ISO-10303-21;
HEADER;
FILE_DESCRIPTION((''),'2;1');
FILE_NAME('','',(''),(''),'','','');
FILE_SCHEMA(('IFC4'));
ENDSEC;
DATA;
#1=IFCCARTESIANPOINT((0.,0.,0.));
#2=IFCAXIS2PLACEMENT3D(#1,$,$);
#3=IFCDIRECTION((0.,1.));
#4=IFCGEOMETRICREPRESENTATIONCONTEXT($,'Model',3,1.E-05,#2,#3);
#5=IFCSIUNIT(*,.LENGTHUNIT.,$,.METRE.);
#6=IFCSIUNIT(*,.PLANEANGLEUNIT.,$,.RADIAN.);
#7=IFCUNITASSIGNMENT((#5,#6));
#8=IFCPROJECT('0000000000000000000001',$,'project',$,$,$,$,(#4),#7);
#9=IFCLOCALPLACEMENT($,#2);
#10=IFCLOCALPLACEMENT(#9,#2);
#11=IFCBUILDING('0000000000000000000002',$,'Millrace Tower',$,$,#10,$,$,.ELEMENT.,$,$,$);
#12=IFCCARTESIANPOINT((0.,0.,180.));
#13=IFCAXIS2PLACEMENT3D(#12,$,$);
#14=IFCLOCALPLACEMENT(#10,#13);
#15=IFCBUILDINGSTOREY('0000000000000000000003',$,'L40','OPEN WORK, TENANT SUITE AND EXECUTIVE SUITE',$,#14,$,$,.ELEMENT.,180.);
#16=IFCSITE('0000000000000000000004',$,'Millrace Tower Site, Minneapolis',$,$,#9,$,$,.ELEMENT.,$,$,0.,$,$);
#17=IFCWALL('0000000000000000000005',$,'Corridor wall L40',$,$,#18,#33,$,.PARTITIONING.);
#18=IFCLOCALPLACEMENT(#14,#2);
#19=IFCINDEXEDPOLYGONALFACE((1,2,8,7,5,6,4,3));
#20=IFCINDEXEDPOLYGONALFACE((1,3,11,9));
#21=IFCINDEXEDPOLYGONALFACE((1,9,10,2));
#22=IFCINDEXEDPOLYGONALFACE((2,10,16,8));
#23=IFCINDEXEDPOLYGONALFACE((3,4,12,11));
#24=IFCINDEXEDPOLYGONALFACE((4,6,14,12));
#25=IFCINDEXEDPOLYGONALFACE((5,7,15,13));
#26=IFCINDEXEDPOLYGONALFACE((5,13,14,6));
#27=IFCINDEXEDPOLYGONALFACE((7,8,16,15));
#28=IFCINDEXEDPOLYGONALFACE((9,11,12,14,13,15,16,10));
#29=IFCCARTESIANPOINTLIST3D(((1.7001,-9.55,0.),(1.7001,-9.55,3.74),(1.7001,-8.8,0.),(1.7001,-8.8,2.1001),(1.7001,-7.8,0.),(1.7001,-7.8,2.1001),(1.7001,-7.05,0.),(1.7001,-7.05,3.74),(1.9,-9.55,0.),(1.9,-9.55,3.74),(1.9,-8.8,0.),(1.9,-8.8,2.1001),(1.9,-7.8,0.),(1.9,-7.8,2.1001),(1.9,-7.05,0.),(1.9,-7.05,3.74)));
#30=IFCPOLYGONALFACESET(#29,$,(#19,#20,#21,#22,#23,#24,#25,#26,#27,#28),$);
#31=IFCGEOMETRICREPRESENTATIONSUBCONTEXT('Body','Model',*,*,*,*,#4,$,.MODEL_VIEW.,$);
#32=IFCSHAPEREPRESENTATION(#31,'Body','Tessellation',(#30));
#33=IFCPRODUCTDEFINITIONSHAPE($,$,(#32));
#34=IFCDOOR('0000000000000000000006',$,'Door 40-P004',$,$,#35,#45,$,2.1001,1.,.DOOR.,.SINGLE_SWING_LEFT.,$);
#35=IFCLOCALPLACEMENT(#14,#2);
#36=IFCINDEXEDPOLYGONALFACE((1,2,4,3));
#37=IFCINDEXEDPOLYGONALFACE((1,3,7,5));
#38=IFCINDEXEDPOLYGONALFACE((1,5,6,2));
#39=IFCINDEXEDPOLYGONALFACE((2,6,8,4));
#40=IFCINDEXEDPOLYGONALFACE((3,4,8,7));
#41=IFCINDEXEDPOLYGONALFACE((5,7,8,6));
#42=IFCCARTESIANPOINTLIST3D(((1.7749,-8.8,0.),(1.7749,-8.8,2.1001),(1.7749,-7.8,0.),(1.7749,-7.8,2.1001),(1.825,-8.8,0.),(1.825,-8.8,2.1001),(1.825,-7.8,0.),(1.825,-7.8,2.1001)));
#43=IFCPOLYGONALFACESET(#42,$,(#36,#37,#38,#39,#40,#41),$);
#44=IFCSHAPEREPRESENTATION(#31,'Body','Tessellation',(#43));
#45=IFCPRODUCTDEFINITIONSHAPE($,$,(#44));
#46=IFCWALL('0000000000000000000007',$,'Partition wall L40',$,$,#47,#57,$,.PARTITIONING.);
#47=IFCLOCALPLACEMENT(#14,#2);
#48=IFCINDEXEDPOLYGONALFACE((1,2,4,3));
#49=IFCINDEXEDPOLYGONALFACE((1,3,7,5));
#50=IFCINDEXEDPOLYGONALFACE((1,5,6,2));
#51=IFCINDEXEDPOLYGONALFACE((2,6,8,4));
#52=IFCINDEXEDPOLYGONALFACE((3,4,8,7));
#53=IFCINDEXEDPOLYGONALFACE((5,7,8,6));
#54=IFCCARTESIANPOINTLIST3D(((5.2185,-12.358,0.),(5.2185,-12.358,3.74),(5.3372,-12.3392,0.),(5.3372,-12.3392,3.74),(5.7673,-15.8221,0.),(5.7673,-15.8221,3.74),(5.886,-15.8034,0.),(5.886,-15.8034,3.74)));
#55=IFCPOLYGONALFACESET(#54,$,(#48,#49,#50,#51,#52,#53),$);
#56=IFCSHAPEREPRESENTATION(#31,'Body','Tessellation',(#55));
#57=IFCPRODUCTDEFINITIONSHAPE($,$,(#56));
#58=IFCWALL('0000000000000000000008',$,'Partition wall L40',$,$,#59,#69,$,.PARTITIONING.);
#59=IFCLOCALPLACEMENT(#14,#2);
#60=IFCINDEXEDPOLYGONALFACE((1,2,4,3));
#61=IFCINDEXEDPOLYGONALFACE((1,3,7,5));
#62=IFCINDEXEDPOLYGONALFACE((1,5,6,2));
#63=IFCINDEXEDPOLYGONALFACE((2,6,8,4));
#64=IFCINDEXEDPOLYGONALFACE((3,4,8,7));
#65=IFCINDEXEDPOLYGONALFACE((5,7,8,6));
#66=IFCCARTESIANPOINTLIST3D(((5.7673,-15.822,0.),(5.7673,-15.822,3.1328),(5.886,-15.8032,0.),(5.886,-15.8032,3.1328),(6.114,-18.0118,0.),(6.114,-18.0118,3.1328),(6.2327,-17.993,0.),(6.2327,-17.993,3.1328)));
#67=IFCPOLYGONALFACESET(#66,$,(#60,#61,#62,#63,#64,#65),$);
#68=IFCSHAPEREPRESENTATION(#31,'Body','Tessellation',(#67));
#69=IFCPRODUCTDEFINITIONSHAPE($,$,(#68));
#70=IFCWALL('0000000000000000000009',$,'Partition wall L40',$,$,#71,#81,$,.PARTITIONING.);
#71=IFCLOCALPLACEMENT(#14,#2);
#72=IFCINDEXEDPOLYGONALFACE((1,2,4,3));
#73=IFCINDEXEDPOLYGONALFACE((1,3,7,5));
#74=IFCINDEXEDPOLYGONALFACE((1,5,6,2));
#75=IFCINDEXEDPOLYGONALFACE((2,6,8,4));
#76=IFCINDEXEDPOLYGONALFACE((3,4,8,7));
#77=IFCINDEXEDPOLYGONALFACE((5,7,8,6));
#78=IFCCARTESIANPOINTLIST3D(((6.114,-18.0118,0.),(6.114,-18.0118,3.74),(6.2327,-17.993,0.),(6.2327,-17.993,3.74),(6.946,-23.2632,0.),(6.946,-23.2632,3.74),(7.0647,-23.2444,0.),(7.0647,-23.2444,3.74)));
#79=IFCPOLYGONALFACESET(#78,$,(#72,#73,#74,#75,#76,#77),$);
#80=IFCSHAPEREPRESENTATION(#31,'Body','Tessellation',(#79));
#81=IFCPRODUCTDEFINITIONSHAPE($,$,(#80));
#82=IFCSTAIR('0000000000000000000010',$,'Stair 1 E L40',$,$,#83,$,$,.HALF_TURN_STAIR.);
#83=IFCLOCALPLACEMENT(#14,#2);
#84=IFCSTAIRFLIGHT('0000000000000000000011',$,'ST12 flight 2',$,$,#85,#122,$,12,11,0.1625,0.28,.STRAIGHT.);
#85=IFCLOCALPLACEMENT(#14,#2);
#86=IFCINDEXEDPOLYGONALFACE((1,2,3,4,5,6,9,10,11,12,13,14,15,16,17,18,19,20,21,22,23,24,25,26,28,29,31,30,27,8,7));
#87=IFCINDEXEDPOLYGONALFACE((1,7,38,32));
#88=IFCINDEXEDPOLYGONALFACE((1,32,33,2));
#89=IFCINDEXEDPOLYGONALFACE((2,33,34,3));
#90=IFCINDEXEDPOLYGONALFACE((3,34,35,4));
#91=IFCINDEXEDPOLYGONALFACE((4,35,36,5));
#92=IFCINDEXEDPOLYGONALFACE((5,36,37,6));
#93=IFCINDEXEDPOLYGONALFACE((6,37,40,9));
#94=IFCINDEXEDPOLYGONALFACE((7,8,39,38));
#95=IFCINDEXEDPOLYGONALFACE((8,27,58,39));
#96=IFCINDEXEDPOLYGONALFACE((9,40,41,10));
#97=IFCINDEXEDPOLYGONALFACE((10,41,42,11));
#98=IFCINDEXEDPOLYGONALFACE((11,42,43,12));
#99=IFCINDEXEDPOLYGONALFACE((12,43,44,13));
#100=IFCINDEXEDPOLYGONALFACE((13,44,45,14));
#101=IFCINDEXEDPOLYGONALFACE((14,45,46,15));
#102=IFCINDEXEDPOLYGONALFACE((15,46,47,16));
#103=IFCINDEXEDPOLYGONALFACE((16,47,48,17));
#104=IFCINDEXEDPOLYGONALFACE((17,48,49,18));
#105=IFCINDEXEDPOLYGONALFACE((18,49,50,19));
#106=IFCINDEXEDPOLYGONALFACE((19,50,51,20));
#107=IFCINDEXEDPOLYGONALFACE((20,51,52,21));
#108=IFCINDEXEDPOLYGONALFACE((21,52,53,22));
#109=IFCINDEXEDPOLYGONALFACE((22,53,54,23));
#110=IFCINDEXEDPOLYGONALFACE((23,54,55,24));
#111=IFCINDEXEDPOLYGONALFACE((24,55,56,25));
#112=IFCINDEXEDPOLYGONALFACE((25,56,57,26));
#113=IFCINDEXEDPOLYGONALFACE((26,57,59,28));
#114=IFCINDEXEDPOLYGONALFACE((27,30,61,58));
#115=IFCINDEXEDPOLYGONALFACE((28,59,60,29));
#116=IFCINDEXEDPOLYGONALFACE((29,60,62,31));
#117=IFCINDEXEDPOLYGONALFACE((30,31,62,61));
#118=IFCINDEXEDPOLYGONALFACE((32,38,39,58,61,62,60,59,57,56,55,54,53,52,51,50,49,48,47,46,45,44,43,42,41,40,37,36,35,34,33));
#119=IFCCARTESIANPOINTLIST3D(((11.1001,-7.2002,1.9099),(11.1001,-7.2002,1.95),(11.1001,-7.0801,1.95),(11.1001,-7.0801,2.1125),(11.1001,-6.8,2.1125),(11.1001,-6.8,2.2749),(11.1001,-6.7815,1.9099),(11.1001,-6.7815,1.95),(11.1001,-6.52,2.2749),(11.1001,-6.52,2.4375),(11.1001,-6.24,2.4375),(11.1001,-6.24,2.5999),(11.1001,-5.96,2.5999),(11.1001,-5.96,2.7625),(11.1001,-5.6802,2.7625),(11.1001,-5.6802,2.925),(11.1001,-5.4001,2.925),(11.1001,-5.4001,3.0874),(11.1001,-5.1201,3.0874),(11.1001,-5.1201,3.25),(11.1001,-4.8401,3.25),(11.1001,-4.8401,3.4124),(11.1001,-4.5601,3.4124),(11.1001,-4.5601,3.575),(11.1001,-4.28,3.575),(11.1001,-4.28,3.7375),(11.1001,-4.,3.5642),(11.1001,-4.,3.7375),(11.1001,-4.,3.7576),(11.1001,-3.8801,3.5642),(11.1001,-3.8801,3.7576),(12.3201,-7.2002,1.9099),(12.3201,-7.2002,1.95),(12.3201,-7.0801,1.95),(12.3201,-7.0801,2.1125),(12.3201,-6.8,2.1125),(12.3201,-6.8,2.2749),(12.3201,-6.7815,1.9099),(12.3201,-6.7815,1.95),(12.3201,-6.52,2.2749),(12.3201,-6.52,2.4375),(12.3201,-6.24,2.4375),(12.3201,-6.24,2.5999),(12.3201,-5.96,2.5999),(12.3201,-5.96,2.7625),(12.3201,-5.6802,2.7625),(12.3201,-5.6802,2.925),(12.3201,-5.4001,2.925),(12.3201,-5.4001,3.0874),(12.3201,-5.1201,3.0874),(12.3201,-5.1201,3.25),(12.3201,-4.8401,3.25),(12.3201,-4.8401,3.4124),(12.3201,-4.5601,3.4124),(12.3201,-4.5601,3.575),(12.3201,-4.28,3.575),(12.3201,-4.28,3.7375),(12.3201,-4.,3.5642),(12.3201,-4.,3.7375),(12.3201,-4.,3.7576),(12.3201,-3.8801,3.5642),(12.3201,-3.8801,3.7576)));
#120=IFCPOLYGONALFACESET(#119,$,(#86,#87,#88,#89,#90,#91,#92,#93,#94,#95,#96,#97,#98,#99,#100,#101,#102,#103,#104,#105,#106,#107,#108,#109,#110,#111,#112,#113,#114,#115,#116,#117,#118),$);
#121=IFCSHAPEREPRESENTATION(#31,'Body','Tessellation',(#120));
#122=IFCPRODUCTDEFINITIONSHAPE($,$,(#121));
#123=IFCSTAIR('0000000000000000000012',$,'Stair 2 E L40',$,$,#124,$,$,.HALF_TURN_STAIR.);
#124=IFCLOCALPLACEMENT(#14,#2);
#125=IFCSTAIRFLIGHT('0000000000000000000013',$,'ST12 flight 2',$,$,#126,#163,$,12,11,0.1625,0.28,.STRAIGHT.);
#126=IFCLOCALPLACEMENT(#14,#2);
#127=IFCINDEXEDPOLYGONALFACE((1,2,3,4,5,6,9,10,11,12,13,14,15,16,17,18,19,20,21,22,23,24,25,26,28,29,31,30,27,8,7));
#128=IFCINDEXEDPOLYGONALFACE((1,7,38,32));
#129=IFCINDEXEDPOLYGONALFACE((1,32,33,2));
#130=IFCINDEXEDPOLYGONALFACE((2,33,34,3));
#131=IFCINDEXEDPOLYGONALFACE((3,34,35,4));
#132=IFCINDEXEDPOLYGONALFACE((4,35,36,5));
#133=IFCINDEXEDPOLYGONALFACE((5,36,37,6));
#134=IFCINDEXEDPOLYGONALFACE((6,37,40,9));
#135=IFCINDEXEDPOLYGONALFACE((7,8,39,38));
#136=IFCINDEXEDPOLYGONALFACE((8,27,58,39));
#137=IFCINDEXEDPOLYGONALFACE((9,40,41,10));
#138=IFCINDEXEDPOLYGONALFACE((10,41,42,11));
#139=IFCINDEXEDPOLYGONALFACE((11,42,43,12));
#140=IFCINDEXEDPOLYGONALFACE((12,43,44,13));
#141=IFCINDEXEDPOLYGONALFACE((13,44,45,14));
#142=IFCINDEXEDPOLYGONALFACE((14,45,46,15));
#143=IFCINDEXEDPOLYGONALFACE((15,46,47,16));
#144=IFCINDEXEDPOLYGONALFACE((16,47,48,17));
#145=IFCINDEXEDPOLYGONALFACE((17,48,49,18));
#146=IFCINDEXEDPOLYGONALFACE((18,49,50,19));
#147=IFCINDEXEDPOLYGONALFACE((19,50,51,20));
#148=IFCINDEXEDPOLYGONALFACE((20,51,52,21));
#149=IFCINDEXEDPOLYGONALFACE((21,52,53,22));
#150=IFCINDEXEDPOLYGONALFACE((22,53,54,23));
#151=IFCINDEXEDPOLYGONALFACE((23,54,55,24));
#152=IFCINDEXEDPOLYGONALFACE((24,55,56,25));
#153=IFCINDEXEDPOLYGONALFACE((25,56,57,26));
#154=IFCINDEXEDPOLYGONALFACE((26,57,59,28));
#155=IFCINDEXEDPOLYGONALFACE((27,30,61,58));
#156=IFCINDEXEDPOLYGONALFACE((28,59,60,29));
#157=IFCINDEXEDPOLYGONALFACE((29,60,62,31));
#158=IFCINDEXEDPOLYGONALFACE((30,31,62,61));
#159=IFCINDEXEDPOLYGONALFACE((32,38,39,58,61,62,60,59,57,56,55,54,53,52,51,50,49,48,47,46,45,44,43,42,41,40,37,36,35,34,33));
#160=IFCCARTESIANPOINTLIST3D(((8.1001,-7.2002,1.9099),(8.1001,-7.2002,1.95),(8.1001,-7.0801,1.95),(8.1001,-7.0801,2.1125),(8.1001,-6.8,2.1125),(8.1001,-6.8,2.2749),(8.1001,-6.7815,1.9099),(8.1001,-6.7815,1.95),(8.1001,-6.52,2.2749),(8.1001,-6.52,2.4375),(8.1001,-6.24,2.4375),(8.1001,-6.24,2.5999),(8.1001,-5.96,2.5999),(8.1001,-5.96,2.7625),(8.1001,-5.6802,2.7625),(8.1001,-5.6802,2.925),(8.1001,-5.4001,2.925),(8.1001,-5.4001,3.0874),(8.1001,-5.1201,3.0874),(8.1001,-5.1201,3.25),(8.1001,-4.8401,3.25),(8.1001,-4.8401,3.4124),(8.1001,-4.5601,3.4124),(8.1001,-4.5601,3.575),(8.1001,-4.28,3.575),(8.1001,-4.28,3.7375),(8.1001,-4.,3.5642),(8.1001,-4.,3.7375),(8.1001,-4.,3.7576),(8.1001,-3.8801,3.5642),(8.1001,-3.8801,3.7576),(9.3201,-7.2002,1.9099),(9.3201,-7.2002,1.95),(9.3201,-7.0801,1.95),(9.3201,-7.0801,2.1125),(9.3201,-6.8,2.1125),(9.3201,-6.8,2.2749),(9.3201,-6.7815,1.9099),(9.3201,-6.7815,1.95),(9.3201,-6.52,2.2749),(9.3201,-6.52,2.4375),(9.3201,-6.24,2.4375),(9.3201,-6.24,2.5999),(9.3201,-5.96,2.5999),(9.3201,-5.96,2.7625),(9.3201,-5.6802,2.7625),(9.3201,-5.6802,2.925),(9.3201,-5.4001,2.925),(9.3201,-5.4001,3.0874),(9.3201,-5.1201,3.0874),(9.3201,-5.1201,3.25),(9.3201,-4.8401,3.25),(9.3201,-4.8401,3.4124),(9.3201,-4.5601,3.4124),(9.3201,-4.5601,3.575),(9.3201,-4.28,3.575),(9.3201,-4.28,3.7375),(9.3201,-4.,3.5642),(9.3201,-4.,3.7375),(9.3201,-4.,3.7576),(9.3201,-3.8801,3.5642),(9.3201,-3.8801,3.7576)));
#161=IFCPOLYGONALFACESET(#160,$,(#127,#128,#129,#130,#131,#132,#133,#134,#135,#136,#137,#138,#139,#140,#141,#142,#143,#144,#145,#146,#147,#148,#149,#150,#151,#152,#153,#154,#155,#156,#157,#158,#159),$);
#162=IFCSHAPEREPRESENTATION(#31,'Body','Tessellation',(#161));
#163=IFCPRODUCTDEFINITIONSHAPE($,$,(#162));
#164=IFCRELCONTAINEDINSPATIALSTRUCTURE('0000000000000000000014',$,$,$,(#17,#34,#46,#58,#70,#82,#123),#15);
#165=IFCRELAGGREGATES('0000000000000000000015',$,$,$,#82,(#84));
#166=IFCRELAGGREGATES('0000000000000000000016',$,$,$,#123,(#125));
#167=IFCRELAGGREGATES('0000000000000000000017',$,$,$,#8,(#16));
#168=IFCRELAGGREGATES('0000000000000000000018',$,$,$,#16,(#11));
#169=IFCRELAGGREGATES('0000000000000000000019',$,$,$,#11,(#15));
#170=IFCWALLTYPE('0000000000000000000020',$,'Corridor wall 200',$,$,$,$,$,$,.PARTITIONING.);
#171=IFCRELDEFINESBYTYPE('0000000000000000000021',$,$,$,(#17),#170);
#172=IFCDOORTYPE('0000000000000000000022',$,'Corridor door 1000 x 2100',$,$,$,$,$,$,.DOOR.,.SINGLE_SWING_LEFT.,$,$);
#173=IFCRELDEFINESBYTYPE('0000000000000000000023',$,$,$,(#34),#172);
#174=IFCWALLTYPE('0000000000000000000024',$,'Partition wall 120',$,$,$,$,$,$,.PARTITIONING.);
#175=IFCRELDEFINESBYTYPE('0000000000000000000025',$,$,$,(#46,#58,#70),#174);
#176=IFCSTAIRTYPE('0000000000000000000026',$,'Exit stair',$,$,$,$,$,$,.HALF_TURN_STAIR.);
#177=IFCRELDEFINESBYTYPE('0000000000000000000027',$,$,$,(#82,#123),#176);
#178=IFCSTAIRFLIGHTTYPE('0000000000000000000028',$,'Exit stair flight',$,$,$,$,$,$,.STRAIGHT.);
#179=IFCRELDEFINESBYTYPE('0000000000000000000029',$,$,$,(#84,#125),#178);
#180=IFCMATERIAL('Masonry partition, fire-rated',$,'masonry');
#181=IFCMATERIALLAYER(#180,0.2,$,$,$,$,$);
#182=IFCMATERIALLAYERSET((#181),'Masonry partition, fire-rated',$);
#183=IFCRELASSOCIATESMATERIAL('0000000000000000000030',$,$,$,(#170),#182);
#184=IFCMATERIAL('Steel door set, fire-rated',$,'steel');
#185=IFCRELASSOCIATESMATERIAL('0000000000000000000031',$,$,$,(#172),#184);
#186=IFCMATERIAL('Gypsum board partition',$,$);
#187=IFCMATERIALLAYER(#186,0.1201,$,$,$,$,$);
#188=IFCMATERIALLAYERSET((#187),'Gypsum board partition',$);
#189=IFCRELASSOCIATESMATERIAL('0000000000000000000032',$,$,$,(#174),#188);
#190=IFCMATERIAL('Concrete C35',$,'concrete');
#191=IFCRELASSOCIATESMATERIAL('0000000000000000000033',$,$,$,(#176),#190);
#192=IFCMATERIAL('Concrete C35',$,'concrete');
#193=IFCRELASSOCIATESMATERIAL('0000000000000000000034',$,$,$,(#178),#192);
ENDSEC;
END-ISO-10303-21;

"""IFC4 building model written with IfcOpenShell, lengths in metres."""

from ifc_helpers import new_model, si_unit, direction, frame, frame_2d, origin, place, context, subcontext, project, spatial, polyline, rectangle, outline, extrude, material, layer, layer_set, type_object, element, fill, aggregate, save


model = new_model("IFC4")

# Units and contexts
model_context = context("Model", 3, precision=1e-05, world=origin(), true_north=direction((0.0, 1.0)))
body_context = subcontext(model_context, "Body", "Model", "MODEL_VIEW")
ifc_project = project(units=[si_unit("LENGTHUNIT", "METRE"), si_unit("PLANEANGLEUNIT", "RADIAN")], contexts=[model_context])

# Site, building, storey
site_placement = place(None, origin())
site = spatial("IfcSite", under=ifc_project, at=site_placement, Name="Millrace Tower Site, Minneapolis", CompositionType="ELEMENT", RefElevation=0.0)
building_placement = place(site_placement, origin())
building = spatial("IfcBuilding", under=site, at=building_placement, Name="Millrace Tower", CompositionType="ELEMENT")
storey_placement = place(building_placement, frame((0.0, 0.0, 180.0)))
storey = spatial("IfcBuildingStorey", under=building, at=storey_placement, Name="L40", Description="OPEN WORK, TENANT SUITE AND EXECUTIVE SUITE", CompositionType="ELEMENT", Elevation=180.0)

# Shared definitions
placement = place(storey_placement, origin())

# Shared definitions
ifc_material_1 = material(Name="Masonry partition, fire-rated", Category="masonry")
ifc_layer_1 = layer(ifc_material_1, 0.2)
ifc_layer_set_1 = layer_set([ifc_layer_1], Name="Masonry partition, fire-rated")
wall_type_1 = type_object("IfcWallType", Name="Corridor wall 200", PredefinedType="PARTITIONING", material=ifc_layer_set_1)

# Wall, opening, door
wall_1_placement = place(storey_placement, frame((1.8, -9.55, 0.0), z_axis=(0.0, 0.0, 1.0), x_axis=(0.0, 1.0, 0.0)))
wall_1 = element("IfcWall", 1, at=wall_1_placement, inside=storey, type_object=wall_type_1, Name="Corridor wall L40", PredefinedType="PARTITIONING", context=body_context, shape_type="SweptSolid", body=[
    extrude(rectangle(XDim=2.5, YDim=0.2, at=frame_2d((1.25, 0.0))), origin(), (0.0, 0.0, 1.0), 3.74),
])
opening_placement = place(wall_1_placement, frame((0.75, 0.0, 0.0)))
opening = element("IfcOpeningElement", 2, at=opening_placement, cuts=wall_1, PredefinedType="OPENING", context=body_context, shape_type="SweptSolid", body=[
    extrude(rectangle(XDim=1.0, YDim=2.1001, at=frame_2d((0.5, 1.05))), frame((0.0, 0.1099, 0.0), z_axis=(0.0, -1.0, 0.0), x_axis=(1.0, 0.0, 0.0)), (0.0, 0.0, 1.0), 0.22),
])
ifc_material_2 = material(Name="Steel door set, fire-rated", Category="steel")
door_type = type_object("IfcDoorType", Name="Corridor door 1000 x 2100", OperationType="SINGLE_SWING_LEFT", PredefinedType="DOOR", material=ifc_material_2)
door_placement = place(opening_placement, frame((1.0, 0.0, 0.0), z_axis=(0.0, 0.0, 1.0), x_axis=(-1.0, 0.0, 0.0)))
door = element("IfcDoor", 3, at=door_placement, inside=storey, type_object=door_type, Name="Door 40-P004", OperationType="SINGLE_SWING_LEFT", OverallHeight=2.1001, OverallWidth=1.0, PredefinedType="DOOR", context=body_context, shape_type="SweptSolid", body=[
    extrude(rectangle(XDim=1.0, YDim=2.1001, at=frame_2d((0.5, 1.05))), frame((0.0, 0.0249, 0.0), z_axis=(0.0, -1.0, 0.0), x_axis=(1.0, 0.0, 0.0)), (0.0, 0.0, 1.0), 0.05),
])
fill(opening, door)

# Walls
ifc_material_3 = material(Name="Gypsum board partition")
ifc_layer_2 = layer(ifc_material_3, 0.1201)
ifc_layer_set_2 = layer_set([ifc_layer_2], Name="Gypsum board partition")
wall_type_2 = type_object("IfcWallType", Name="Partition wall 120", PredefinedType="PARTITIONING", material=ifc_layer_set_2)
wall_2_placement = place(storey_placement, frame((5.2778, -12.3486, 0.0), z_axis=(0.0, 0.0, 1.0), x_axis=(0.156481, -0.987681, 0.0)))
element("IfcWall", 4, at=wall_2_placement, inside=storey, type_object=wall_type_2, Name="Partition wall L40", PredefinedType="PARTITIONING", context=body_context, shape_type="SweptSolid", body=[
    extrude(rectangle(XDim=3.5073, YDim=0.1201, at=frame_2d((1.7537, 0.0))), origin(), (0.0, 0.0, 1.0), 3.74),
])
wall_3_placement = place(storey_placement, frame((5.8267, -15.8127, 0.0), z_axis=(0.0, 0.0, 1.0), x_axis=(0.156375, -0.987698, 0.0)))
element("IfcWall", 5, at=wall_3_placement, inside=storey, type_object=wall_type_2, Name="Partition wall L40", PredefinedType="PARTITIONING", context=body_context, shape_type="SweptSolid", body=[
    extrude(rectangle(XDim=2.217, YDim=0.1201, at=frame_2d((1.1084, 0.0))), origin(), (0.0, 0.0, 1.0), 3.1328),
])
wall_4_placement = place(storey_placement, frame((6.1733, -18.0024, 0.0), z_axis=(0.0, 0.0, 1.0), x_axis=(0.156486, -0.98768, 0.0)))
element("IfcWall", 6, at=wall_4_placement, inside=storey, type_object=wall_type_2, Name="Partition wall L40", PredefinedType="PARTITIONING", context=body_context, shape_type="SweptSolid", body=[
    extrude(rectangle(XDim=5.3169, YDim=0.1201, at=frame_2d((2.6584, 0.0))), origin(), (0.0, 0.0, 1.0), 3.74),
])

# Stairs, stair flights
ifc_material_4 = material(Name="Concrete C35", Category="concrete")
stair_type = type_object("IfcStairType", Name="Exit stair", PredefinedType="HALF_TURN_STAIR", material=ifc_material_4)
stair_1 = element("IfcStair", 7, at=placement, inside=storey, type_object=stair_type, Name="Stair 1 E L40", PredefinedType="HALF_TURN_STAIR")
ifc_material_5 = material(Name="Concrete C35", Category="concrete")
stair_flight_type = type_object("IfcStairFlightType", Name="Exit stair flight", PredefinedType="STRAIGHT", material=ifc_material_5)
stair_flight_1_placement = place(storey_placement, frame((11.71, -7.0801, 1.95), z_axis=(0.0, 0.0, 1.0), x_axis=(0.0, 1.0, 0.0)))
stair_flight_1 = element("IfcStairFlight", 8, at=stair_flight_1_placement, type_object=stair_flight_type, Name="ST12 flight 2", NumberOfRisers=12, NumberOfTreads=11, PredefinedType="STRAIGHT", RiserHeight=0.1625, TreadLength=0.28, context=body_context, shape_type="SweptSolid", body=[
    extrude(outline(polyline([(-0.1201, -0.04), (-0.1201, 0.0), (0.0, 0.0), (0.0, 0.1626), (0.28, 0.1626), (0.28, 0.325), (0.5601, 0.325), (0.5601, 0.4875), (0.8401, 0.4875), (0.8401, 0.6499), (1.1201, 0.6499), (1.1201, 0.8125), (1.3999, 0.8125), (1.3999, 0.9751), (1.6799, 0.9751), (1.6799, 1.1375), (1.96, 1.1375), (1.96, 1.3), (2.24, 1.3), (2.24, 1.4624), (2.52, 1.4624), (2.52, 1.625), (2.8, 1.625), (2.8, 1.7876), (3.0801, 1.7876), (3.0801, 1.8076), (3.2, 1.8076), (3.2, 1.6143), (3.0801, 1.6143), (0.2986, 0.0), (0.2986, -0.04), (-0.1201, -0.04)])), frame((0.0, 0.6099, 0.0), z_axis=(0.0, -1.0, 0.0), x_axis=(1.0, 0.0, 0.0)), (0.0, 0.0, 1.0), 1.22),
])
aggregate(stair_1, [stair_flight_1])
stair_2 = element("IfcStair", 9, at=placement, inside=storey, type_object=stair_type, Name="Stair 2 E L40", PredefinedType="HALF_TURN_STAIR")
stair_flight_2_placement = place(storey_placement, frame((8.71, -7.0801, 1.95), z_axis=(0.0, 0.0, 1.0), x_axis=(0.0, 1.0, 0.0)))
stair_flight_2 = element("IfcStairFlight", 10, at=stair_flight_2_placement, type_object=stair_flight_type, Name="ST12 flight 2", NumberOfRisers=12, NumberOfTreads=11, PredefinedType="STRAIGHT", RiserHeight=0.1625, TreadLength=0.28, context=body_context, shape_type="SweptSolid", body=[
    extrude(outline(polyline([(-0.1201, -0.04), (-0.1201, 0.0), (0.0, 0.0), (0.0, 0.1626), (0.28, 0.1626), (0.28, 0.325), (0.5601, 0.325), (0.5601, 0.4875), (0.8401, 0.4875), (0.8401, 0.6499), (1.1201, 0.6499), (1.1201, 0.8125), (1.3999, 0.8125), (1.3999, 0.9751), (1.6799, 0.9751), (1.6799, 1.1375), (1.96, 1.1375), (1.96, 1.3), (2.24, 1.3), (2.24, 1.4624), (2.52, 1.4624), (2.52, 1.625), (2.8, 1.625), (2.8, 1.7876), (3.0801, 1.7876), (3.0801, 1.8076), (3.2, 1.8076), (3.2, 1.6143), (3.0801, 1.6143), (0.2986, 0.0), (0.2986, -0.04), (-0.1201, -0.04)])), frame((0.0, 0.6099, 0.0), z_axis=(0.0, -1.0, 0.0), x_axis=(1.0, 0.0, 0.0)), (0.0, 0.0, 1.0), 1.22),
])
aggregate(stair_2, [stair_flight_2])

save(model, "model.ifc")
